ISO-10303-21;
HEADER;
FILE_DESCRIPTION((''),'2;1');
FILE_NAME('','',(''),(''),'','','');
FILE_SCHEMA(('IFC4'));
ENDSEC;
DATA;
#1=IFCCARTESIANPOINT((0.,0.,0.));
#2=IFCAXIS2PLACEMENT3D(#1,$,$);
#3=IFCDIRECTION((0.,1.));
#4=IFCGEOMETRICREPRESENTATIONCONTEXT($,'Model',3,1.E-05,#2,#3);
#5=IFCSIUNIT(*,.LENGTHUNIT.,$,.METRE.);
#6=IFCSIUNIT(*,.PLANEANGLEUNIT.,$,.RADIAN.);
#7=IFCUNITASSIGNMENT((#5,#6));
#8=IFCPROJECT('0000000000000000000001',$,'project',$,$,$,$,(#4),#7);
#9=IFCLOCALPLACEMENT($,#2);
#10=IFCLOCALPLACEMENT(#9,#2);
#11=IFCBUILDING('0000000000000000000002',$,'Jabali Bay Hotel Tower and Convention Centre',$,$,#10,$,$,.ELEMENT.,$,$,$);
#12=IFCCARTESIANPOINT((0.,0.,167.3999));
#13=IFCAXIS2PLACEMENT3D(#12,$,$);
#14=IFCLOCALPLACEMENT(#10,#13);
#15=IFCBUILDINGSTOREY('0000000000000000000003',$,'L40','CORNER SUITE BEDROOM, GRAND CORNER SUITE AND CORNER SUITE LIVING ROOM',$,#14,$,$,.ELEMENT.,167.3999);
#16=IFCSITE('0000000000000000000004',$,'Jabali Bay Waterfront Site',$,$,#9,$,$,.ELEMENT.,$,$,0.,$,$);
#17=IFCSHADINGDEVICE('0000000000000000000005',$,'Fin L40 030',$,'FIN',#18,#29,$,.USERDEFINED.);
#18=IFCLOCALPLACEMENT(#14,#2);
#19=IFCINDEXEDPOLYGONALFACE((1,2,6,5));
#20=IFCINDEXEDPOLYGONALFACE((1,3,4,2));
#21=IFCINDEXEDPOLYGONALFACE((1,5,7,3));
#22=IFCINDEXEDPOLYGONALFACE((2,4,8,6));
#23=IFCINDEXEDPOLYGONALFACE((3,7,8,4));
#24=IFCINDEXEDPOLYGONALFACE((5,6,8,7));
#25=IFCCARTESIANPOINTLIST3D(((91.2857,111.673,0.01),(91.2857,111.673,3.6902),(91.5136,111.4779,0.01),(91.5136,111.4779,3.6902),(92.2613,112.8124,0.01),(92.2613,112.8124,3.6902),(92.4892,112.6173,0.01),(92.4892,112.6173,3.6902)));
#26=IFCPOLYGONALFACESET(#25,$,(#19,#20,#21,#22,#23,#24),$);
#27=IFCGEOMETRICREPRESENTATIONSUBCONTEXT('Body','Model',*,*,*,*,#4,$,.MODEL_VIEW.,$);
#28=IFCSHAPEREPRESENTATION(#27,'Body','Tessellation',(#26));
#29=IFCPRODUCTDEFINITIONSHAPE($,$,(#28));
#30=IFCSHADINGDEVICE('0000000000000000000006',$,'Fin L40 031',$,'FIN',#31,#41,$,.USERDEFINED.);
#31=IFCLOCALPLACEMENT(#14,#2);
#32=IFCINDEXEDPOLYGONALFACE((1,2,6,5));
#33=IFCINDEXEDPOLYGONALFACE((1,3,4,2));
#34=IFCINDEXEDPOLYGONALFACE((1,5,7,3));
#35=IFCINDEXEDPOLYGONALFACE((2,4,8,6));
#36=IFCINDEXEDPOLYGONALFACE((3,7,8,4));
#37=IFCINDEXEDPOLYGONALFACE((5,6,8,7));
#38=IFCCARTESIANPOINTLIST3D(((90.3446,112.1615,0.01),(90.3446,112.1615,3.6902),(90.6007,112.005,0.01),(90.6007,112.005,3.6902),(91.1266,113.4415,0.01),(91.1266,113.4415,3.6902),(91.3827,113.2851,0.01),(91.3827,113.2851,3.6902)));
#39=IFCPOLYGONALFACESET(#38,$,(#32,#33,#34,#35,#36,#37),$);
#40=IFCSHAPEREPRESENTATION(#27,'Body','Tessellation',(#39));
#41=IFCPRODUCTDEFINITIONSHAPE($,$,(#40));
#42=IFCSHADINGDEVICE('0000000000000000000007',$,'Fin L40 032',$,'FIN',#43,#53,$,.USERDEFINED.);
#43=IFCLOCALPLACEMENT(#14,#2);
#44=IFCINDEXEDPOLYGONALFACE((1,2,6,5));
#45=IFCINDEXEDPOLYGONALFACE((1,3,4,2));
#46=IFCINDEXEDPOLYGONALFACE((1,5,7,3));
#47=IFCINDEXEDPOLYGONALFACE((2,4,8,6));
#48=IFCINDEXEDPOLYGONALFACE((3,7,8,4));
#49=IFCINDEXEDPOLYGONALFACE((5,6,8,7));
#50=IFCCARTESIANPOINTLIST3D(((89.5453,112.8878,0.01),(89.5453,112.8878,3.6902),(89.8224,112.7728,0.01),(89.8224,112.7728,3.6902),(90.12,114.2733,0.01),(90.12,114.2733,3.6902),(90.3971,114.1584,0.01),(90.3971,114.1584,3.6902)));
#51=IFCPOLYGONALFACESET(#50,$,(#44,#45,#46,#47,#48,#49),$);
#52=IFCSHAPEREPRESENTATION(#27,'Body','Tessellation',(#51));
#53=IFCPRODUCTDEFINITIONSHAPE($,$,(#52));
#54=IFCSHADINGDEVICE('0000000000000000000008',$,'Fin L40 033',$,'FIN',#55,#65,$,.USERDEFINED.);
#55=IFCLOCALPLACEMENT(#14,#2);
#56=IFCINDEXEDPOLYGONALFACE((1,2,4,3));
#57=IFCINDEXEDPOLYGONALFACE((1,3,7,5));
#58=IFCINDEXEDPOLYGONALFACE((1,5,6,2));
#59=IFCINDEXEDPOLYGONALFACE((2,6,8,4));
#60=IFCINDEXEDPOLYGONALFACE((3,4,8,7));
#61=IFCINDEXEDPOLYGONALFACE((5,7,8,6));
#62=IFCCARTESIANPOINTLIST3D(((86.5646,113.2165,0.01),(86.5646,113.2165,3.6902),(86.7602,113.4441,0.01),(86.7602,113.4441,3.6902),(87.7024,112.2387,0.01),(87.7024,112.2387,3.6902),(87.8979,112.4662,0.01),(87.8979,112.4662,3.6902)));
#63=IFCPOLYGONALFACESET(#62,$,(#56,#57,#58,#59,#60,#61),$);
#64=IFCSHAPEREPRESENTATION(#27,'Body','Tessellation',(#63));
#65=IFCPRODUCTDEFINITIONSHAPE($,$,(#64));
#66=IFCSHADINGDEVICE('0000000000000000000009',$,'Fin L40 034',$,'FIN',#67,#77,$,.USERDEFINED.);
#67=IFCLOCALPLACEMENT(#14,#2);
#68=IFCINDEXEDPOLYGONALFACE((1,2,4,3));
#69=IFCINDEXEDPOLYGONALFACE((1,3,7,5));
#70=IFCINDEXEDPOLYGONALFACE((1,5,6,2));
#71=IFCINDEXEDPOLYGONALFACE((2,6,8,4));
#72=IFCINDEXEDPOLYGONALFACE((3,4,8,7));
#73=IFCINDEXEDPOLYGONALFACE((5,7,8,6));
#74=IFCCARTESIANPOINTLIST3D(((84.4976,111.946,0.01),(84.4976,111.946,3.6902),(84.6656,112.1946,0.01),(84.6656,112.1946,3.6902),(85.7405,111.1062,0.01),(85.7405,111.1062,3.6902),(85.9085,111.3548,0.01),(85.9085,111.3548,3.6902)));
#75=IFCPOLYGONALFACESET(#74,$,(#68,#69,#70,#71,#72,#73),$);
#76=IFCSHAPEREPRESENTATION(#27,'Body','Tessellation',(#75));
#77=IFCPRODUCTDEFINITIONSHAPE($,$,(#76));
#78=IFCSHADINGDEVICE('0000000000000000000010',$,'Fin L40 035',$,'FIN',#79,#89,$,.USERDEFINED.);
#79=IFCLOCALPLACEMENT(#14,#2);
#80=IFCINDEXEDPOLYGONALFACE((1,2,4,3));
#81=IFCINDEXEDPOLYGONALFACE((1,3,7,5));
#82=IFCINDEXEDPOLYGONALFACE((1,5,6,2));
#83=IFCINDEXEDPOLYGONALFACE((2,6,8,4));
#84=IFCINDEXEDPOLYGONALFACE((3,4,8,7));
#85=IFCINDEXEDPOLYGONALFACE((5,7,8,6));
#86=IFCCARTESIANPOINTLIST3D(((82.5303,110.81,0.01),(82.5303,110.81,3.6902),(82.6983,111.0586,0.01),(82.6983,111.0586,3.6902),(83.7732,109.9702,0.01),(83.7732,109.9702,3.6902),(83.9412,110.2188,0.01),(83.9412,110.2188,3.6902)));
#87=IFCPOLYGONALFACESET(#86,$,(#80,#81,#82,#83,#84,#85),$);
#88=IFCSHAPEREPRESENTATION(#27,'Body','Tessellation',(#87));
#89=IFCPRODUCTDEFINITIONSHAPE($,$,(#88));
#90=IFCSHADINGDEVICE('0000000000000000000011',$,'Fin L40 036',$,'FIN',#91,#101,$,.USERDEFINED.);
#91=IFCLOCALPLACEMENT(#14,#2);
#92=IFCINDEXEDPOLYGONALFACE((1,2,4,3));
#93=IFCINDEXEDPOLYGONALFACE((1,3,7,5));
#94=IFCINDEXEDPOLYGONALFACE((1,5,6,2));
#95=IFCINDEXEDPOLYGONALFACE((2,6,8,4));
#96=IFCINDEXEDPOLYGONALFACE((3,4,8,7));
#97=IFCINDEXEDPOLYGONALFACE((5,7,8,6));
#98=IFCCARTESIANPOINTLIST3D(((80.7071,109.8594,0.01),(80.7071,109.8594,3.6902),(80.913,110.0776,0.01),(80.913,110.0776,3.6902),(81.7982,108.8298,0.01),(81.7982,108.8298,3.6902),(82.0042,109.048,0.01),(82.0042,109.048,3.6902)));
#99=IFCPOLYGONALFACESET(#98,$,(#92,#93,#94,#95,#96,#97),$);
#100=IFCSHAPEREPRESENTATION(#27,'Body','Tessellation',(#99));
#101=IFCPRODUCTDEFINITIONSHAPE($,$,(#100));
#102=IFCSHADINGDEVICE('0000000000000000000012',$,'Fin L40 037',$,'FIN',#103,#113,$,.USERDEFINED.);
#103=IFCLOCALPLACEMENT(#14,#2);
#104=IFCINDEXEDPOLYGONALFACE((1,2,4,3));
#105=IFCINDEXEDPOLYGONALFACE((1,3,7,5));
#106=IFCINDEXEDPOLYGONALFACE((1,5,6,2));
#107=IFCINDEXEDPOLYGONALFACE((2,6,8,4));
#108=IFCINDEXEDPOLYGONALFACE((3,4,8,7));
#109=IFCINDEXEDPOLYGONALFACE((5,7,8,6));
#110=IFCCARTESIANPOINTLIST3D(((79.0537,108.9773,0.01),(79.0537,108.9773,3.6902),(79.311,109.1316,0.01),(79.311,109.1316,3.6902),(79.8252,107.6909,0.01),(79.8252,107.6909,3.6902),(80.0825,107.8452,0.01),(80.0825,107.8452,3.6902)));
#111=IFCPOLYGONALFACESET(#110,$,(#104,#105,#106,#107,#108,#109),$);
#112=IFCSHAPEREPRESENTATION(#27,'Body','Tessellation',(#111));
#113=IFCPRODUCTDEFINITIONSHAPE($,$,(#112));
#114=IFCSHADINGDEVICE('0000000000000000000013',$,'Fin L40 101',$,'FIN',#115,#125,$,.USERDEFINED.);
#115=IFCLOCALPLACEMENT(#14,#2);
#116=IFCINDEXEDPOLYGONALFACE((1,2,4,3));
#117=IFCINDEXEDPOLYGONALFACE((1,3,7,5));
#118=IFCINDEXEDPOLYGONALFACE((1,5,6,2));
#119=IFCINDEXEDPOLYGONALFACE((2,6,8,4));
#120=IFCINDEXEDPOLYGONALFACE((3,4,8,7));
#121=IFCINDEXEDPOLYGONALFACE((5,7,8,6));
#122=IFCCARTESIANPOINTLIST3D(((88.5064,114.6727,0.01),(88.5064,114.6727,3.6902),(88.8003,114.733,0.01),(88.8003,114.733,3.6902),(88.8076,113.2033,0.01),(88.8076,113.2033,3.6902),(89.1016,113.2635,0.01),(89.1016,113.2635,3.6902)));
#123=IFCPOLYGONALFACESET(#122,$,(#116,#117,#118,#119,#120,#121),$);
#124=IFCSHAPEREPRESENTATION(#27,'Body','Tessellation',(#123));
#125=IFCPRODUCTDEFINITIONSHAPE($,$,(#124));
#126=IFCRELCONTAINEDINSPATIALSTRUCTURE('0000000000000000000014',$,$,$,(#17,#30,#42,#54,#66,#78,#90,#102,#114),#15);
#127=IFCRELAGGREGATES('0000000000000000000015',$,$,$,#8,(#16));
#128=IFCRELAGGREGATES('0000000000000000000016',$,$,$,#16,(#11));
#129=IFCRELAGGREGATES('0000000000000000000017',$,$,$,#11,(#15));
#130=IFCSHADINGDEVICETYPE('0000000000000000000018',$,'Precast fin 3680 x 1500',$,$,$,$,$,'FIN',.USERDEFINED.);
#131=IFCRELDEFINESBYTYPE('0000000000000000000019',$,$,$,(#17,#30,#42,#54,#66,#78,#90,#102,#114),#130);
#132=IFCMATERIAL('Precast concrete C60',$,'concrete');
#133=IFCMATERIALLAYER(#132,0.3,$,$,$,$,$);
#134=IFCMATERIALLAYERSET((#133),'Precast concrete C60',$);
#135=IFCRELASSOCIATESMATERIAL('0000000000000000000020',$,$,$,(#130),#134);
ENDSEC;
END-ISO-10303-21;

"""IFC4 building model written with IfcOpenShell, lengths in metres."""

from ifc_helpers import new_model, si_unit, direction, frame, frame_2d, origin, place, context, subcontext, project, spatial, rectangle, extrude, material, layer, layer_set, type_object, element, save


model = new_model("IFC4")

# Units and contexts
model_context = context("Model", 3, precision=1e-05, world=origin(), true_north=direction((0.0, 1.0)))
body_context = subcontext(model_context, "Body", "Model", "MODEL_VIEW")
ifc_project = project(units=[si_unit("LENGTHUNIT", "METRE"), si_unit("PLANEANGLEUNIT", "RADIAN")], contexts=[model_context])

# Site, building, storey
site_placement = place(None, origin())
site = spatial("IfcSite", under=ifc_project, at=site_placement, Name="Jabali Bay Waterfront Site", CompositionType="ELEMENT", RefElevation=0.0)
building_placement = place(site_placement, origin())
building = spatial("IfcBuilding", under=site, at=building_placement, Name="Jabali Bay Hotel Tower and Convention Centre", CompositionType="ELEMENT")
storey_placement = place(building_placement, frame((0.0, 0.0, 167.3999)))
storey = spatial("IfcBuildingStorey", under=building, at=storey_placement, Name="L40", Description="CORNER SUITE BEDROOM, GRAND CORNER SUITE AND CORNER SUITE LIVING ROOM", CompositionType="ELEMENT", Elevation=167.3999)

# Shading devices
ifc_material_1 = material(Name="Precast concrete C60", Category="concrete")
ifc_layer_1 = layer(ifc_material_1, 0.3)
ifc_layer_set_1 = layer_set([ifc_layer_1], Name="Precast concrete C60")
shading_device_type = type_object("IfcShadingDeviceType", Name="Precast fin 3680 x 1500", ElementType="FIN", PredefinedType="USERDEFINED", material=ifc_layer_set_1)
for number, where, z_axis, x_axis, name in (
    (1, (91.3997, 111.5754, 0.01), (0.0, 0.0, 1.0), (0.650389, 0.759601, 0.0), "Fin L40 030"),
    (2, (90.4727, 112.0833, 0.01), (0.0, 0.0, 1.0), (0.521325, 0.853358, 0.0), "Fin L40 031"),
    (3, (89.6838, 112.8303, 0.01), (0.0, 0.0, 1.0), (0.383147, 0.923687, 0.0), "Fin L40 032"),
):
    element("IfcShadingDevice", number, at=place(storey_placement, frame(where, z_axis=z_axis, x_axis=x_axis)), inside=storey, type_object=shading_device_type, Name=name, ObjectType="FIN", PredefinedType="USERDEFINED", context=body_context, shape_type="SweptSolid", body=[
        extrude(rectangle(XDim=1.5, YDim=0.3, at=frame_2d((0.75, 0.0))), origin(), (0.0, 0.0, 1.0), 3.6802),
    ])
shading_device_1_placement = place(storey_placement, frame((87.8, 112.3525, 0.01), z_axis=(0.0, 0.0, 1.0), x_axis=(-0.758394, 0.651796, 0.0)))
element("IfcShadingDevice", 4, at=shading_device_1_placement, inside=storey, type_object=shading_device_type, Name="Fin L40 033", ObjectType="FIN", PredefinedType="USERDEFINED", context=body_context, shape_type="SweptSolid", body=[
    extrude(rectangle(XDim=1.5002, YDim=0.3, at=frame_2d((0.75, 0.0))), origin(), (0.0, 0.0, 1.0), 3.6802),
])
for number, where, z_axis, x_axis, name in (
    (5, (85.8245, 111.2305, 0.01), (0.0, 0.0, 1.0), (-0.828579, 0.559873, 0.0), "Fin L40 034"),
    (6, (83.8572, 110.0945, 0.01), (0.0, 0.0, 1.0), (-0.828579, 0.559873, 0.0), "Fin L40 035"),
):
    element("IfcShadingDevice", number, at=place(storey_placement, frame(where, z_axis=z_axis, x_axis=x_axis)), inside=storey, type_object=shading_device_type, Name=name, ObjectType="FIN", PredefinedType="USERDEFINED", context=body_context, shape_type="SweptSolid", body=[
        extrude(rectangle(XDim=1.5, YDim=0.3, at=frame_2d((0.75, 0.0))), origin(), (0.0, 0.0, 1.0), 3.6802),
    ])
shading_device_2_placement = place(storey_placement, frame((81.9011, 108.939, 0.01), z_axis=(0.0, 0.0, 1.0), x_axis=(-0.727315, 0.686303, 0.0)))
element("IfcShadingDevice", 7, at=shading_device_2_placement, inside=storey, type_object=shading_device_type, Name="Fin L40 036", ObjectType="FIN", PredefinedType="USERDEFINED", context=body_context, shape_type="SweptSolid", body=[
    extrude(rectangle(XDim=1.5002, YDim=0.3, at=frame_2d((0.75, 0.0))), origin(), (0.0, 0.0, 1.0), 3.6802),
])
for number, where, z_axis, x_axis, name in (
    (8, (79.9539, 107.7681, 0.01), (0.0, 0.0, 1.0), (-0.514328, 0.857593, 0.0), "Fin L40 037"),
    (9, (88.9546, 113.2334, 0.01), (0.0, 0.0, 1.0), (-0.20084, 0.979624, 0.0), "Fin L40 101"),
):
    element("IfcShadingDevice", number, at=place(storey_placement, frame(where, z_axis=z_axis, x_axis=x_axis)), inside=storey, type_object=shading_device_type, Name=name, ObjectType="FIN", PredefinedType="USERDEFINED", context=body_context, shape_type="SweptSolid", body=[
        extrude(rectangle(XDim=1.5, YDim=0.3, at=frame_2d((0.75, 0.0))), origin(), (0.0, 0.0, 1.0), 3.6802),
    ])

save(model, "model.ifc")
